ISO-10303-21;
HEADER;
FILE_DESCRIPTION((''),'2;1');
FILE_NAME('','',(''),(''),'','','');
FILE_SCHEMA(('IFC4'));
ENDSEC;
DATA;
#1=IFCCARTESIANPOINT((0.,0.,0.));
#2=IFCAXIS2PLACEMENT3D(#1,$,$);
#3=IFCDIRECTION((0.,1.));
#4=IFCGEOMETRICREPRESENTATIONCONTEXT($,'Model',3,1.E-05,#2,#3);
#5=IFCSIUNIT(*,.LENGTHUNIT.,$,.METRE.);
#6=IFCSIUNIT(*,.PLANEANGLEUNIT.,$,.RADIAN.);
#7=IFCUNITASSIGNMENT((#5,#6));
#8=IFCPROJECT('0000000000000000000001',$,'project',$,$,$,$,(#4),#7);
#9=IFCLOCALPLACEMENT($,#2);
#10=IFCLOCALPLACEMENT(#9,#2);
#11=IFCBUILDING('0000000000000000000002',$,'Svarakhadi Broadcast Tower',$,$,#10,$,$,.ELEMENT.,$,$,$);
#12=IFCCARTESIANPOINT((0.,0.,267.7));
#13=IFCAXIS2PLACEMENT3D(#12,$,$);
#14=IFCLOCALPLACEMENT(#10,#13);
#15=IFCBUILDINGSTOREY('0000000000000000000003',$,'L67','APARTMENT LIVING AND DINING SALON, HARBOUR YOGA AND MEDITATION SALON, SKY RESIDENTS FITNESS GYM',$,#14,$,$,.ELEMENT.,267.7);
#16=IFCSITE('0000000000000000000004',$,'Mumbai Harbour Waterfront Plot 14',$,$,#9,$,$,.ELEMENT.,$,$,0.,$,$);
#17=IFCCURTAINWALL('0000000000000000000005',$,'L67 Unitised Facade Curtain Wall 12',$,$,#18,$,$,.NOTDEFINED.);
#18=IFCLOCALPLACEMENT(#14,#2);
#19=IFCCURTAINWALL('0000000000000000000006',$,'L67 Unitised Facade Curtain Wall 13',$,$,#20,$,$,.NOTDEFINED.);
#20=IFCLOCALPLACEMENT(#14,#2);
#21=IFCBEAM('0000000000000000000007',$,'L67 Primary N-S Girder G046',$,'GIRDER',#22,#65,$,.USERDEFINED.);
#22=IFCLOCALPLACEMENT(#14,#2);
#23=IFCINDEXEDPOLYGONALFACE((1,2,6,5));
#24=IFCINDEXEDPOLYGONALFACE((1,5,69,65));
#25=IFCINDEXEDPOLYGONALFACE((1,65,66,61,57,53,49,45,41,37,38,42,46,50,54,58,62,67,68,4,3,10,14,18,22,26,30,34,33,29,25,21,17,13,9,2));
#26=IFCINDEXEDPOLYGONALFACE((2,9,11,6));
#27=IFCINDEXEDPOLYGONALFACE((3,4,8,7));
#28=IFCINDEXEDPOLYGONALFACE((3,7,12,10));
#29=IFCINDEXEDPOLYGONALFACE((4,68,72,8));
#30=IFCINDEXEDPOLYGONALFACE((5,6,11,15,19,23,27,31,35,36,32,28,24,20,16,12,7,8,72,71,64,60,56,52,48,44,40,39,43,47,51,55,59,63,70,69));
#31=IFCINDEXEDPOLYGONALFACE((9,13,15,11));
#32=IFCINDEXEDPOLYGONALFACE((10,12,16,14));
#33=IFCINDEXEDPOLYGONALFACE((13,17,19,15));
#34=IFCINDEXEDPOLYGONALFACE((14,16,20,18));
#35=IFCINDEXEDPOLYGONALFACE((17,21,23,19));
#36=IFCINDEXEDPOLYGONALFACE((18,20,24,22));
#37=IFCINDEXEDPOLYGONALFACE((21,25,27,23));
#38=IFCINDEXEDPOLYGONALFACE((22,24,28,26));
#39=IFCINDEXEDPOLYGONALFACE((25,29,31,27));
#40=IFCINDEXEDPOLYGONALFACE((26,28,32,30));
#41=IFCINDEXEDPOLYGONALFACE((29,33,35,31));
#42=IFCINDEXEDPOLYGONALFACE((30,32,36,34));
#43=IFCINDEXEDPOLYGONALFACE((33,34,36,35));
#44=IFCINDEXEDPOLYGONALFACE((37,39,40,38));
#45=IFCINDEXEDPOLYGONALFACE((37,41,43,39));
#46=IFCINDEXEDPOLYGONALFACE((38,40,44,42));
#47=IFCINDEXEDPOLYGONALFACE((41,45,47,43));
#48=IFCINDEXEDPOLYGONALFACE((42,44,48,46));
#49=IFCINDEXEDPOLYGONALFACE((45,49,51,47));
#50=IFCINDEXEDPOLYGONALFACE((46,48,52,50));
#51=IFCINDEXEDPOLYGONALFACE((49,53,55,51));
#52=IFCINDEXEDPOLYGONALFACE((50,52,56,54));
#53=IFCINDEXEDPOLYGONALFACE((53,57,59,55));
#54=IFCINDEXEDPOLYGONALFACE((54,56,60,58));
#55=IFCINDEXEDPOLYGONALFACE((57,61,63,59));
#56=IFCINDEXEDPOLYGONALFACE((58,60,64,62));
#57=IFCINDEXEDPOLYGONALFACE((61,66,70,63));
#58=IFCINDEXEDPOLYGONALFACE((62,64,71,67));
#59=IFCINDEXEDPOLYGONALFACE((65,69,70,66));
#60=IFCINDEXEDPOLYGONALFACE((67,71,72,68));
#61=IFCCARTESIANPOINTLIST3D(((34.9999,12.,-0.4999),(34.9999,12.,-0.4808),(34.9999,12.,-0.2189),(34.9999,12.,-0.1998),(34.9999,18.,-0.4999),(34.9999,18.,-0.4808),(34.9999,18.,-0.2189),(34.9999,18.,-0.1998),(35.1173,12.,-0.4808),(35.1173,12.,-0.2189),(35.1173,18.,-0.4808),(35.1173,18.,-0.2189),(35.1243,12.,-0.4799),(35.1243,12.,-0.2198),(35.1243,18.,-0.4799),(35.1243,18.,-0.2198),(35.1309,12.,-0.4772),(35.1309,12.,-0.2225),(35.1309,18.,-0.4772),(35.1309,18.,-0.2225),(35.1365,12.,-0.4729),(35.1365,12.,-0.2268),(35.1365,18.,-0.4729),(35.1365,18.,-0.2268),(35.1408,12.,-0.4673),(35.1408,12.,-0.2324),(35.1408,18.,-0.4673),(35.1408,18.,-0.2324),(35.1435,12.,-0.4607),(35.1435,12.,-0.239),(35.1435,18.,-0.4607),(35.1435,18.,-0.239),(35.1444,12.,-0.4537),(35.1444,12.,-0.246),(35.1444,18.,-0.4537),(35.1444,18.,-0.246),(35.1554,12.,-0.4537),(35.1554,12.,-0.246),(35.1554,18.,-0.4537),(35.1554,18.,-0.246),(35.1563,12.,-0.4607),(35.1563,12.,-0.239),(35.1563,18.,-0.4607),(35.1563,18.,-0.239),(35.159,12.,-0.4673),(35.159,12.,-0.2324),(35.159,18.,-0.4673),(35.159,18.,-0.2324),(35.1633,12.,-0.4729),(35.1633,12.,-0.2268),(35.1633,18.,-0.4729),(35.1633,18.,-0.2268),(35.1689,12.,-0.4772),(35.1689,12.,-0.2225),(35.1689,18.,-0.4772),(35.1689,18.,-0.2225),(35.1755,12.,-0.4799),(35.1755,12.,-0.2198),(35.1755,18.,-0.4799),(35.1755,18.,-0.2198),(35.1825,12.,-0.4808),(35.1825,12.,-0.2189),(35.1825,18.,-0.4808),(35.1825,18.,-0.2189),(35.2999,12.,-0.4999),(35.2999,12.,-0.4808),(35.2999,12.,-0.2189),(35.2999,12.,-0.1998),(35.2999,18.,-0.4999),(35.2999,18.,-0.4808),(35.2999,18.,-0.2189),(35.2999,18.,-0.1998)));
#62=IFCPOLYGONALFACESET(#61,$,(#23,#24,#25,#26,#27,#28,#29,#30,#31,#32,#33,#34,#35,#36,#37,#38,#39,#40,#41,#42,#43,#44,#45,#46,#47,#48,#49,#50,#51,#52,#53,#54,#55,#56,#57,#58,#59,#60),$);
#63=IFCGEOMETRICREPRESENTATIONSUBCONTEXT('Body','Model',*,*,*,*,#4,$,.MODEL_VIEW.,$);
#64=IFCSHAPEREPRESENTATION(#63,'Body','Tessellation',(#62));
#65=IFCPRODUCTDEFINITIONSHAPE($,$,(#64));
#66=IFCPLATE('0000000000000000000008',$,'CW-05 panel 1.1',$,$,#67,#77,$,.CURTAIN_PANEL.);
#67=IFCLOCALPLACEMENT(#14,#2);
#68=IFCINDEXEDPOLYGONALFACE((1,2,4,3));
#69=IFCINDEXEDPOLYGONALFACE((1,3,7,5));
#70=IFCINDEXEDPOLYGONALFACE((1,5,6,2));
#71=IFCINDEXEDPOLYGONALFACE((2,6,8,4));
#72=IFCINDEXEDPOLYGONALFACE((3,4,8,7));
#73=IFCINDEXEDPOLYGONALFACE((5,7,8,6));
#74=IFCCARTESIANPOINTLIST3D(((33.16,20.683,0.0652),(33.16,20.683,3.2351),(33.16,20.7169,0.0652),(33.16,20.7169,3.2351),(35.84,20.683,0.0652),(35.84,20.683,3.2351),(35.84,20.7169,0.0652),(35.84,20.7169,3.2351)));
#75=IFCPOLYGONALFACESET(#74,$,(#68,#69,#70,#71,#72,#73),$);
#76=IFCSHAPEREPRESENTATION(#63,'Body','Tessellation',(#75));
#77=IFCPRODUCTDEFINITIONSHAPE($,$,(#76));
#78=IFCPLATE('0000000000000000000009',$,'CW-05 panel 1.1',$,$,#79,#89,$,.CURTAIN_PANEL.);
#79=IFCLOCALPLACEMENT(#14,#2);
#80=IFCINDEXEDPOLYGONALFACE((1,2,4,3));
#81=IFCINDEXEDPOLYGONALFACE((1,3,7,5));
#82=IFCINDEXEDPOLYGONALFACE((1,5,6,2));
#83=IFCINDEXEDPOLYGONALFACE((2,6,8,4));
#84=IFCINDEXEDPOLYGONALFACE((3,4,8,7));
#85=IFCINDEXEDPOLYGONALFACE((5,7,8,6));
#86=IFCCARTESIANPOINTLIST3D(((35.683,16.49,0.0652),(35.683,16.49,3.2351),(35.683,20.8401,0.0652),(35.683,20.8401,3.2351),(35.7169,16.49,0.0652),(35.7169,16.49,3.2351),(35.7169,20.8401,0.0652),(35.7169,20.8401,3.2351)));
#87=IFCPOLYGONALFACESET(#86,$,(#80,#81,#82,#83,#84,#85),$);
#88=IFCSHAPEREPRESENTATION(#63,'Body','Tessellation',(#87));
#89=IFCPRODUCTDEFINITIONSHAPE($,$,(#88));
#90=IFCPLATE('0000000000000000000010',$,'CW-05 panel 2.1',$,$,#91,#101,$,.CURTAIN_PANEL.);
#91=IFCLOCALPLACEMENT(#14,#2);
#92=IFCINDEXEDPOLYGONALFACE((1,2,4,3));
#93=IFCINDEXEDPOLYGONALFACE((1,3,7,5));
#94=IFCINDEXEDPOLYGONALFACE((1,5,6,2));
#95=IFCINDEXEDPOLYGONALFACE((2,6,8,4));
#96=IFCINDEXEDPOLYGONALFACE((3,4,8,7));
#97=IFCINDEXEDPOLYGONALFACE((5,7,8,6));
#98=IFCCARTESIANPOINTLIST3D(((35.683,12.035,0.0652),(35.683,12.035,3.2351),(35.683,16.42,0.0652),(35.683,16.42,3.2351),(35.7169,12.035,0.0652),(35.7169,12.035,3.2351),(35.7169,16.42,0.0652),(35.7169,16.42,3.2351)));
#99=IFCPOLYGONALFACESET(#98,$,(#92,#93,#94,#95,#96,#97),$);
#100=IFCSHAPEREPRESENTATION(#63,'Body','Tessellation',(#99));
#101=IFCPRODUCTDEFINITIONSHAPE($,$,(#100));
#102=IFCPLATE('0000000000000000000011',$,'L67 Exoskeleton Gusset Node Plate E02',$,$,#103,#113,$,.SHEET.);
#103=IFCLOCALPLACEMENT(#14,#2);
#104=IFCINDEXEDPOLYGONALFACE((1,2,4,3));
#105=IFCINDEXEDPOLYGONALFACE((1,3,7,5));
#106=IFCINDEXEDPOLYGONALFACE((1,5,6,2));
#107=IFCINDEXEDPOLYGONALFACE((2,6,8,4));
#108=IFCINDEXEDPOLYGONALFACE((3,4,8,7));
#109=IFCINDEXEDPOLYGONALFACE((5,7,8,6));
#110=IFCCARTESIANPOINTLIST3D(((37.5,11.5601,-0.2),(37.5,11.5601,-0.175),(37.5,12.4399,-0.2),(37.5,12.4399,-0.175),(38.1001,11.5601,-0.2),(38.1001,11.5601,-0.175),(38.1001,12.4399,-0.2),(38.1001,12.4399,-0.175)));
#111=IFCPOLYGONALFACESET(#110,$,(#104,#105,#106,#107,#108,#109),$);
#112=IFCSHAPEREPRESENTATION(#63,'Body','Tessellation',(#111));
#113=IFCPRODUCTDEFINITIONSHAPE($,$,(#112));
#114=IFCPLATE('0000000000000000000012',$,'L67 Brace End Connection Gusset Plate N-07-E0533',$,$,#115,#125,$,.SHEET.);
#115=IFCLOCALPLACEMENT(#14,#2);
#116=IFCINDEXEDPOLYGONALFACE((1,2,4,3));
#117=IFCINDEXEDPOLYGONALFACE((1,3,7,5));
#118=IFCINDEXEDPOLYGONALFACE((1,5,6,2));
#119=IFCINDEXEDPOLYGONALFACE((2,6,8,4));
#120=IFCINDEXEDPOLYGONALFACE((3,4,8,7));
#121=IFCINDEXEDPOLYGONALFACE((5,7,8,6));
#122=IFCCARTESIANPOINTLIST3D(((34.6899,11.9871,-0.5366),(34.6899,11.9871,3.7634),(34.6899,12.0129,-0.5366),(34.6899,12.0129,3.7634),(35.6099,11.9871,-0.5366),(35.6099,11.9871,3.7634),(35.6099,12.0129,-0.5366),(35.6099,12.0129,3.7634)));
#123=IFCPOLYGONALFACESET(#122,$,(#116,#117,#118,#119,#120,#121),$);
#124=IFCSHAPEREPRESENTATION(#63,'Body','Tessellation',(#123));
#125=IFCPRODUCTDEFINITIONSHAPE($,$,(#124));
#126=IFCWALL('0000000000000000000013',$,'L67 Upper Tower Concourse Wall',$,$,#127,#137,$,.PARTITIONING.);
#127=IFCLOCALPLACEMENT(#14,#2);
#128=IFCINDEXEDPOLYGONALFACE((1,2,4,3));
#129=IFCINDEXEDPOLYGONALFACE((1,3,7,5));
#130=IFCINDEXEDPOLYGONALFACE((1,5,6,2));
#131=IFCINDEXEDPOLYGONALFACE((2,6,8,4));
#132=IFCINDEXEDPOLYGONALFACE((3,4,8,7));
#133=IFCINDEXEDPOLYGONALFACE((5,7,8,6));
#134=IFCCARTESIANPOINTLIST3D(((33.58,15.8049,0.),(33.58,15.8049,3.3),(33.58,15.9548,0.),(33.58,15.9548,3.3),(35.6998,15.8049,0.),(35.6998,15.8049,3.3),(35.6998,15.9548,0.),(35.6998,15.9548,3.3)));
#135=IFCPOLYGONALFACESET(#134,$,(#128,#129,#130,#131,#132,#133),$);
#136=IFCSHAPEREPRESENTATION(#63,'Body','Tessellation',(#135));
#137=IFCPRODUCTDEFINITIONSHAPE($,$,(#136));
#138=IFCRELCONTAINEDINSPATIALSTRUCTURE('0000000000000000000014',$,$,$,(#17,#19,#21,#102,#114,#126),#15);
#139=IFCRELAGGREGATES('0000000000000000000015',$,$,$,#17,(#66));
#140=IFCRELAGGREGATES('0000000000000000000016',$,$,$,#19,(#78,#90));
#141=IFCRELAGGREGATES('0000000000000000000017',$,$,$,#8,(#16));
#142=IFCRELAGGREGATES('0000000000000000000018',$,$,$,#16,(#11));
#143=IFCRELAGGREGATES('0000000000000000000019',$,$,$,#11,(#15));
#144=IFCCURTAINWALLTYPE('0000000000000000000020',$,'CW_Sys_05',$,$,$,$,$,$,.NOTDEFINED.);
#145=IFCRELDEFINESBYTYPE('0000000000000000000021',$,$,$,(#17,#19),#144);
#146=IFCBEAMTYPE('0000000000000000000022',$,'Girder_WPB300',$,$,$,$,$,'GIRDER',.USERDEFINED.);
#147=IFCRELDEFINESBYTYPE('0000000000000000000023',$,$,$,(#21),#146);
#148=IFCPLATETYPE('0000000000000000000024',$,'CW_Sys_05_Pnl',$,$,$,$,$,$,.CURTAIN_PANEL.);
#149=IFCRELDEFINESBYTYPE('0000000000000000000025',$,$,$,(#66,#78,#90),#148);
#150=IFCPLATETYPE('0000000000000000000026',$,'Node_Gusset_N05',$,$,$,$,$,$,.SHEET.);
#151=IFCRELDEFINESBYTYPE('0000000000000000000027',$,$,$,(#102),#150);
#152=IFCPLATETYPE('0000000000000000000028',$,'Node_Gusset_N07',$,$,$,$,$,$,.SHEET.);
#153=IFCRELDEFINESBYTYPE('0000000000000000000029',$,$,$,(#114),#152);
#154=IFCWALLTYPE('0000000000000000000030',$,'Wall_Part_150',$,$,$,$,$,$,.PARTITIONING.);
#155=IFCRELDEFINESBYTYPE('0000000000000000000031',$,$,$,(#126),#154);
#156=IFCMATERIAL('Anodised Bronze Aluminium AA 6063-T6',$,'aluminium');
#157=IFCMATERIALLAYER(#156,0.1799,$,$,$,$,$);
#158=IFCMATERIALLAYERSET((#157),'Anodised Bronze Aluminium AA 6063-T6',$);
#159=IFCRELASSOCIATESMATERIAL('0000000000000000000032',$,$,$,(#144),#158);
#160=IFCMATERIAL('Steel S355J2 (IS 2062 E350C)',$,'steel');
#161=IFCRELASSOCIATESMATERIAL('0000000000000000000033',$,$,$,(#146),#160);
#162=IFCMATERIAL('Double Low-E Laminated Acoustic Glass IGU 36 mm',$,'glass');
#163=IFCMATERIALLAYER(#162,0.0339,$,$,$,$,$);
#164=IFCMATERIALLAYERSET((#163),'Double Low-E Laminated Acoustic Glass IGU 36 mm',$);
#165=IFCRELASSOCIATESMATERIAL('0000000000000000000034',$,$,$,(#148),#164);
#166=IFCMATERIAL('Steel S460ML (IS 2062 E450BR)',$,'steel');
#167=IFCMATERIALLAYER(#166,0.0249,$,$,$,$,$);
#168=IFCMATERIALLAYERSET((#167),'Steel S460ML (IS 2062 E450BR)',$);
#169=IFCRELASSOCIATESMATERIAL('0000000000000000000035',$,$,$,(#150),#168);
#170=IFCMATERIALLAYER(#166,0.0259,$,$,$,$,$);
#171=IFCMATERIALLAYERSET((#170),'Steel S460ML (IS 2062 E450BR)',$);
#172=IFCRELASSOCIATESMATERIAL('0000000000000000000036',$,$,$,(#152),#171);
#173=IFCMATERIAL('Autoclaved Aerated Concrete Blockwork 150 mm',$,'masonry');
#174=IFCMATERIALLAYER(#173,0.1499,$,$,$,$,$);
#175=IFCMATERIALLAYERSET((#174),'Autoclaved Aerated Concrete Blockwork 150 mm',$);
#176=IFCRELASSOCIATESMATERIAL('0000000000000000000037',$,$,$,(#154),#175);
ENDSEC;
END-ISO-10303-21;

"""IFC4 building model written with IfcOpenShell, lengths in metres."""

from ifc_helpers import new_model, si_unit, direction, frame, frame_2d, origin, origin_2d, place, context, subcontext, project, spatial, rectangle, i_section, extrude, material, layer, layer_set, material_profile, profile_set, type_object, element, aggregate, save


model = new_model("IFC4")

# Units and contexts
model_context = context("Model", 3, precision=1e-05, world=origin(), true_north=direction((0.0, 1.0)))
body_context = subcontext(model_context, "Body", "Model", "MODEL_VIEW")
ifc_project = project(units=[si_unit("LENGTHUNIT", "METRE"), si_unit("PLANEANGLEUNIT", "RADIAN")], contexts=[model_context])

# Site, building, storey
site_placement = place(None, origin())
site = spatial("IfcSite", under=ifc_project, at=site_placement, Name="Mumbai Harbour Waterfront Plot 14", CompositionType="ELEMENT", RefElevation=0.0)
building_placement = place(site_placement, origin())
building = spatial("IfcBuilding", under=site, at=building_placement, Name="Svarakhadi Broadcast Tower", CompositionType="ELEMENT")
storey_placement = place(building_placement, frame((0.0, 0.0, 267.7)))
storey = spatial("IfcBuildingStorey", under=building, at=storey_placement, Name="L67", Description="APARTMENT LIVING AND DINING SALON, HARBOUR YOGA AND MEDITATION SALON, SKY RESIDENTS FITNESS GYM", CompositionType="ELEMENT", Elevation=267.7)

# Shared definitions
ifc_material_1 = material(Name="Steel S460ML (IS 2062 E450BR)", Category="steel")

# Curtain wall
ifc_material_2 = material(Name="Anodised Bronze Aluminium AA 6063-T6", Category="aluminium")
ifc_layer_1 = layer(ifc_material_2, 0.1799)
ifc_layer_set_1 = layer_set([ifc_layer_1], Name="Anodised Bronze Aluminium AA 6063-T6")
curtain_wall_type = type_object("IfcCurtainWallType", Name="CW_Sys_05", PredefinedType="NOTDEFINED", material=ifc_layer_set_1)
curtain_wall_1_placement = place(storey_placement, origin())
curtain_wall_1 = element("IfcCurtainWall", 1, at=curtain_wall_1_placement, inside=storey, type_object=curtain_wall_type, Name="L67 Unitised Facade Curtain Wall 12", PredefinedType="NOTDEFINED")

# Curtain wall
curtain_wall_2_placement = place(storey_placement, origin())
curtain_wall_2 = element("IfcCurtainWall", 2, at=curtain_wall_2_placement, inside=storey, type_object=curtain_wall_type, Name="L67 Unitised Facade Curtain Wall 13", PredefinedType="NOTDEFINED")

# Beam
ifc_material_3 = material(Name="Steel S355J2 (IS 2062 E350C)", Category="steel")
ifc_material_profile_1 = material_profile(ifc_material_3, i_section(OverallWidth=0.3, OverallDepth=0.3, WebThickness=0.011, FlangeThickness=0.019, FilletRadius=0.0271, at=origin_2d()), Name="WPB 300x300x117")
ifc_profile_set_1 = profile_set([ifc_material_profile_1], Name="Steel S355J2 (IS 2062 E350C)")
beam_type = type_object("IfcBeamType", Name="Girder_WPB300", ElementType="GIRDER", PredefinedType="USERDEFINED", material=ifc_profile_set_1)
beam_1_placement = place(storey_placement, frame((35.1499, 12.0, -0.3499), z_axis=(0.0, 1.0, 0.0), x_axis=(-1.0, 0.0, 0.0)))
element("IfcBeam", 3, at=beam_1_placement, inside=storey, type_object=beam_type, Name="L67 Primary N-S Girder G046", ObjectType="GIRDER", PredefinedType="USERDEFINED", context=body_context, shape_type="SweptSolid", body=[
    extrude(i_section(OverallWidth=0.3, OverallDepth=0.3, WebThickness=0.011, FlangeThickness=0.019, FilletRadius=0.0271, at=origin_2d()), origin(), (0.0, 0.0, 1.0), 6.0),
])

# Plates
ifc_material_4 = material(Name="Double Low-E Laminated Acoustic Glass IGU 36 mm", Category="glass")
ifc_layer_2 = layer(ifc_material_4, 0.0339)
ifc_layer_set_2 = layer_set([ifc_layer_2], Name="Double Low-E Laminated Acoustic Glass IGU 36 mm")
plate_type_1 = type_object("IfcPlateType", Name="CW_Sys_05_Pnl", PredefinedType="CURTAIN_PANEL", material=ifc_layer_set_2)
plate_1_placement = place(storey_placement, frame((34.5, 20.7, 0.0652), z_axis=(0.0, 0.0, 1.0), x_axis=(1.0, 0.0, 0.0)))
plate_1 = element("IfcPlate", 4, at=plate_1_placement, type_object=plate_type_1, Name="CW-05 panel 1.1", PredefinedType="CURTAIN_PANEL", context=body_context, shape_type="SweptSolid", body=[
    extrude(rectangle(XDim=2.6799, YDim=0.0339, at=origin_2d()), origin(), (0.0, 0.0, 1.0), 3.1699),
])
aggregate(curtain_wall_1, [plate_1])
plate_2_placement = place(storey_placement, frame((35.7, 18.665, 0.0652), z_axis=(0.0, 0.0, 1.0), x_axis=(0.0, -1.0, 0.0)))
plate_2 = element("IfcPlate", 5, at=plate_2_placement, type_object=plate_type_1, Name="CW-05 panel 1.1", PredefinedType="CURTAIN_PANEL", context=body_context, shape_type="SweptSolid", body=[
    extrude(rectangle(XDim=4.3501, YDim=0.0339, at=origin_2d()), origin(), (0.0, 0.0, 1.0), 3.1699),
])
plate_3_placement = place(storey_placement, frame((35.7, 14.2275, 0.0652), z_axis=(0.0, 0.0, 1.0), x_axis=(0.0, -1.0, 0.0)))
plate_3 = element("IfcPlate", 6, at=plate_3_placement, type_object=plate_type_1, Name="CW-05 panel 2.1", PredefinedType="CURTAIN_PANEL", context=body_context, shape_type="SweptSolid", body=[
    extrude(rectangle(XDim=4.385, YDim=0.0339, at=origin_2d()), origin(), (0.0, 0.0, 1.0), 3.1699),
])
aggregate(curtain_wall_2, [plate_2, plate_3])

# Plates
ifc_layer_3 = layer(ifc_material_1, 0.0249)
ifc_layer_set_3 = layer_set([ifc_layer_3], Name="Steel S460ML (IS 2062 E450BR)")
plate_type_2 = type_object("IfcPlateType", Name="Node_Gusset_N05", PredefinedType="SHEET", material=ifc_layer_set_3)
plate_4_placement = place(storey_placement, frame((37.8, 12.0, -0.2), z_axis=(0.0, 0.0, 1.0), x_axis=(0.0, 1.0, 0.0)))
element("IfcPlate", 7, at=plate_4_placement, inside=storey, type_object=plate_type_2, Name="L67 Exoskeleton Gusset Node Plate E02", PredefinedType="SHEET", context=body_context, shape_type="SweptSolid", body=[
    extrude(rectangle(XDim=0.8799, YDim=0.6001, at=origin_2d()), origin(), (0.0, 0.0, 1.0), 0.0249),
])
ifc_layer_4 = layer(ifc_material_1, 0.0259)
ifc_layer_set_4 = layer_set([ifc_layer_4], Name="Steel S460ML (IS 2062 E450BR)")
plate_type_3 = type_object("IfcPlateType", Name="Node_Gusset_N07", PredefinedType="SHEET", material=ifc_layer_set_4)
plate_5_placement = place(storey_placement, frame((35.1499, 12.0, -0.5366), z_axis=(0.0, 0.0, 1.0), x_axis=(1.0, 0.0, 0.0)))
element("IfcPlate", 8, at=plate_5_placement, inside=storey, type_object=plate_type_3, Name="L67 Brace End Connection Gusset Plate N-07-E0533", PredefinedType="SHEET", context=body_context, shape_type="SweptSolid", body=[
    extrude(rectangle(XDim=0.9199, YDim=0.0259, at=origin_2d()), origin(), (0.0, 0.0, 1.0), 4.3),
])

# Wall
ifc_material_5 = material(Name="Autoclaved Aerated Concrete Blockwork 150 mm", Category="masonry")
ifc_layer_5 = layer(ifc_material_5, 0.1499)
ifc_layer_set_5 = layer_set([ifc_layer_5], Name="Autoclaved Aerated Concrete Blockwork 150 mm")
wall_type = type_object("IfcWallType", Name="Wall_Part_150", PredefinedType="PARTITIONING", material=ifc_layer_set_5)
wall_placement = place(storey_placement, frame((35.7, 15.8799, 0.0), z_axis=(0.0, 0.0, 1.0), x_axis=(-1.0, 0.0, 0.0)))
element("IfcWall", 9, at=wall_placement, inside=storey, type_object=wall_type, Name="L67 Upper Tower Concourse Wall", PredefinedType="PARTITIONING", context=body_context, shape_type="SweptSolid", body=[
    extrude(rectangle(XDim=2.1199, YDim=0.1499, at=frame_2d((1.0601, 0.0))), origin(), (0.0, 0.0, 1.0), 3.3),
])

save(model, "model.ifc")
